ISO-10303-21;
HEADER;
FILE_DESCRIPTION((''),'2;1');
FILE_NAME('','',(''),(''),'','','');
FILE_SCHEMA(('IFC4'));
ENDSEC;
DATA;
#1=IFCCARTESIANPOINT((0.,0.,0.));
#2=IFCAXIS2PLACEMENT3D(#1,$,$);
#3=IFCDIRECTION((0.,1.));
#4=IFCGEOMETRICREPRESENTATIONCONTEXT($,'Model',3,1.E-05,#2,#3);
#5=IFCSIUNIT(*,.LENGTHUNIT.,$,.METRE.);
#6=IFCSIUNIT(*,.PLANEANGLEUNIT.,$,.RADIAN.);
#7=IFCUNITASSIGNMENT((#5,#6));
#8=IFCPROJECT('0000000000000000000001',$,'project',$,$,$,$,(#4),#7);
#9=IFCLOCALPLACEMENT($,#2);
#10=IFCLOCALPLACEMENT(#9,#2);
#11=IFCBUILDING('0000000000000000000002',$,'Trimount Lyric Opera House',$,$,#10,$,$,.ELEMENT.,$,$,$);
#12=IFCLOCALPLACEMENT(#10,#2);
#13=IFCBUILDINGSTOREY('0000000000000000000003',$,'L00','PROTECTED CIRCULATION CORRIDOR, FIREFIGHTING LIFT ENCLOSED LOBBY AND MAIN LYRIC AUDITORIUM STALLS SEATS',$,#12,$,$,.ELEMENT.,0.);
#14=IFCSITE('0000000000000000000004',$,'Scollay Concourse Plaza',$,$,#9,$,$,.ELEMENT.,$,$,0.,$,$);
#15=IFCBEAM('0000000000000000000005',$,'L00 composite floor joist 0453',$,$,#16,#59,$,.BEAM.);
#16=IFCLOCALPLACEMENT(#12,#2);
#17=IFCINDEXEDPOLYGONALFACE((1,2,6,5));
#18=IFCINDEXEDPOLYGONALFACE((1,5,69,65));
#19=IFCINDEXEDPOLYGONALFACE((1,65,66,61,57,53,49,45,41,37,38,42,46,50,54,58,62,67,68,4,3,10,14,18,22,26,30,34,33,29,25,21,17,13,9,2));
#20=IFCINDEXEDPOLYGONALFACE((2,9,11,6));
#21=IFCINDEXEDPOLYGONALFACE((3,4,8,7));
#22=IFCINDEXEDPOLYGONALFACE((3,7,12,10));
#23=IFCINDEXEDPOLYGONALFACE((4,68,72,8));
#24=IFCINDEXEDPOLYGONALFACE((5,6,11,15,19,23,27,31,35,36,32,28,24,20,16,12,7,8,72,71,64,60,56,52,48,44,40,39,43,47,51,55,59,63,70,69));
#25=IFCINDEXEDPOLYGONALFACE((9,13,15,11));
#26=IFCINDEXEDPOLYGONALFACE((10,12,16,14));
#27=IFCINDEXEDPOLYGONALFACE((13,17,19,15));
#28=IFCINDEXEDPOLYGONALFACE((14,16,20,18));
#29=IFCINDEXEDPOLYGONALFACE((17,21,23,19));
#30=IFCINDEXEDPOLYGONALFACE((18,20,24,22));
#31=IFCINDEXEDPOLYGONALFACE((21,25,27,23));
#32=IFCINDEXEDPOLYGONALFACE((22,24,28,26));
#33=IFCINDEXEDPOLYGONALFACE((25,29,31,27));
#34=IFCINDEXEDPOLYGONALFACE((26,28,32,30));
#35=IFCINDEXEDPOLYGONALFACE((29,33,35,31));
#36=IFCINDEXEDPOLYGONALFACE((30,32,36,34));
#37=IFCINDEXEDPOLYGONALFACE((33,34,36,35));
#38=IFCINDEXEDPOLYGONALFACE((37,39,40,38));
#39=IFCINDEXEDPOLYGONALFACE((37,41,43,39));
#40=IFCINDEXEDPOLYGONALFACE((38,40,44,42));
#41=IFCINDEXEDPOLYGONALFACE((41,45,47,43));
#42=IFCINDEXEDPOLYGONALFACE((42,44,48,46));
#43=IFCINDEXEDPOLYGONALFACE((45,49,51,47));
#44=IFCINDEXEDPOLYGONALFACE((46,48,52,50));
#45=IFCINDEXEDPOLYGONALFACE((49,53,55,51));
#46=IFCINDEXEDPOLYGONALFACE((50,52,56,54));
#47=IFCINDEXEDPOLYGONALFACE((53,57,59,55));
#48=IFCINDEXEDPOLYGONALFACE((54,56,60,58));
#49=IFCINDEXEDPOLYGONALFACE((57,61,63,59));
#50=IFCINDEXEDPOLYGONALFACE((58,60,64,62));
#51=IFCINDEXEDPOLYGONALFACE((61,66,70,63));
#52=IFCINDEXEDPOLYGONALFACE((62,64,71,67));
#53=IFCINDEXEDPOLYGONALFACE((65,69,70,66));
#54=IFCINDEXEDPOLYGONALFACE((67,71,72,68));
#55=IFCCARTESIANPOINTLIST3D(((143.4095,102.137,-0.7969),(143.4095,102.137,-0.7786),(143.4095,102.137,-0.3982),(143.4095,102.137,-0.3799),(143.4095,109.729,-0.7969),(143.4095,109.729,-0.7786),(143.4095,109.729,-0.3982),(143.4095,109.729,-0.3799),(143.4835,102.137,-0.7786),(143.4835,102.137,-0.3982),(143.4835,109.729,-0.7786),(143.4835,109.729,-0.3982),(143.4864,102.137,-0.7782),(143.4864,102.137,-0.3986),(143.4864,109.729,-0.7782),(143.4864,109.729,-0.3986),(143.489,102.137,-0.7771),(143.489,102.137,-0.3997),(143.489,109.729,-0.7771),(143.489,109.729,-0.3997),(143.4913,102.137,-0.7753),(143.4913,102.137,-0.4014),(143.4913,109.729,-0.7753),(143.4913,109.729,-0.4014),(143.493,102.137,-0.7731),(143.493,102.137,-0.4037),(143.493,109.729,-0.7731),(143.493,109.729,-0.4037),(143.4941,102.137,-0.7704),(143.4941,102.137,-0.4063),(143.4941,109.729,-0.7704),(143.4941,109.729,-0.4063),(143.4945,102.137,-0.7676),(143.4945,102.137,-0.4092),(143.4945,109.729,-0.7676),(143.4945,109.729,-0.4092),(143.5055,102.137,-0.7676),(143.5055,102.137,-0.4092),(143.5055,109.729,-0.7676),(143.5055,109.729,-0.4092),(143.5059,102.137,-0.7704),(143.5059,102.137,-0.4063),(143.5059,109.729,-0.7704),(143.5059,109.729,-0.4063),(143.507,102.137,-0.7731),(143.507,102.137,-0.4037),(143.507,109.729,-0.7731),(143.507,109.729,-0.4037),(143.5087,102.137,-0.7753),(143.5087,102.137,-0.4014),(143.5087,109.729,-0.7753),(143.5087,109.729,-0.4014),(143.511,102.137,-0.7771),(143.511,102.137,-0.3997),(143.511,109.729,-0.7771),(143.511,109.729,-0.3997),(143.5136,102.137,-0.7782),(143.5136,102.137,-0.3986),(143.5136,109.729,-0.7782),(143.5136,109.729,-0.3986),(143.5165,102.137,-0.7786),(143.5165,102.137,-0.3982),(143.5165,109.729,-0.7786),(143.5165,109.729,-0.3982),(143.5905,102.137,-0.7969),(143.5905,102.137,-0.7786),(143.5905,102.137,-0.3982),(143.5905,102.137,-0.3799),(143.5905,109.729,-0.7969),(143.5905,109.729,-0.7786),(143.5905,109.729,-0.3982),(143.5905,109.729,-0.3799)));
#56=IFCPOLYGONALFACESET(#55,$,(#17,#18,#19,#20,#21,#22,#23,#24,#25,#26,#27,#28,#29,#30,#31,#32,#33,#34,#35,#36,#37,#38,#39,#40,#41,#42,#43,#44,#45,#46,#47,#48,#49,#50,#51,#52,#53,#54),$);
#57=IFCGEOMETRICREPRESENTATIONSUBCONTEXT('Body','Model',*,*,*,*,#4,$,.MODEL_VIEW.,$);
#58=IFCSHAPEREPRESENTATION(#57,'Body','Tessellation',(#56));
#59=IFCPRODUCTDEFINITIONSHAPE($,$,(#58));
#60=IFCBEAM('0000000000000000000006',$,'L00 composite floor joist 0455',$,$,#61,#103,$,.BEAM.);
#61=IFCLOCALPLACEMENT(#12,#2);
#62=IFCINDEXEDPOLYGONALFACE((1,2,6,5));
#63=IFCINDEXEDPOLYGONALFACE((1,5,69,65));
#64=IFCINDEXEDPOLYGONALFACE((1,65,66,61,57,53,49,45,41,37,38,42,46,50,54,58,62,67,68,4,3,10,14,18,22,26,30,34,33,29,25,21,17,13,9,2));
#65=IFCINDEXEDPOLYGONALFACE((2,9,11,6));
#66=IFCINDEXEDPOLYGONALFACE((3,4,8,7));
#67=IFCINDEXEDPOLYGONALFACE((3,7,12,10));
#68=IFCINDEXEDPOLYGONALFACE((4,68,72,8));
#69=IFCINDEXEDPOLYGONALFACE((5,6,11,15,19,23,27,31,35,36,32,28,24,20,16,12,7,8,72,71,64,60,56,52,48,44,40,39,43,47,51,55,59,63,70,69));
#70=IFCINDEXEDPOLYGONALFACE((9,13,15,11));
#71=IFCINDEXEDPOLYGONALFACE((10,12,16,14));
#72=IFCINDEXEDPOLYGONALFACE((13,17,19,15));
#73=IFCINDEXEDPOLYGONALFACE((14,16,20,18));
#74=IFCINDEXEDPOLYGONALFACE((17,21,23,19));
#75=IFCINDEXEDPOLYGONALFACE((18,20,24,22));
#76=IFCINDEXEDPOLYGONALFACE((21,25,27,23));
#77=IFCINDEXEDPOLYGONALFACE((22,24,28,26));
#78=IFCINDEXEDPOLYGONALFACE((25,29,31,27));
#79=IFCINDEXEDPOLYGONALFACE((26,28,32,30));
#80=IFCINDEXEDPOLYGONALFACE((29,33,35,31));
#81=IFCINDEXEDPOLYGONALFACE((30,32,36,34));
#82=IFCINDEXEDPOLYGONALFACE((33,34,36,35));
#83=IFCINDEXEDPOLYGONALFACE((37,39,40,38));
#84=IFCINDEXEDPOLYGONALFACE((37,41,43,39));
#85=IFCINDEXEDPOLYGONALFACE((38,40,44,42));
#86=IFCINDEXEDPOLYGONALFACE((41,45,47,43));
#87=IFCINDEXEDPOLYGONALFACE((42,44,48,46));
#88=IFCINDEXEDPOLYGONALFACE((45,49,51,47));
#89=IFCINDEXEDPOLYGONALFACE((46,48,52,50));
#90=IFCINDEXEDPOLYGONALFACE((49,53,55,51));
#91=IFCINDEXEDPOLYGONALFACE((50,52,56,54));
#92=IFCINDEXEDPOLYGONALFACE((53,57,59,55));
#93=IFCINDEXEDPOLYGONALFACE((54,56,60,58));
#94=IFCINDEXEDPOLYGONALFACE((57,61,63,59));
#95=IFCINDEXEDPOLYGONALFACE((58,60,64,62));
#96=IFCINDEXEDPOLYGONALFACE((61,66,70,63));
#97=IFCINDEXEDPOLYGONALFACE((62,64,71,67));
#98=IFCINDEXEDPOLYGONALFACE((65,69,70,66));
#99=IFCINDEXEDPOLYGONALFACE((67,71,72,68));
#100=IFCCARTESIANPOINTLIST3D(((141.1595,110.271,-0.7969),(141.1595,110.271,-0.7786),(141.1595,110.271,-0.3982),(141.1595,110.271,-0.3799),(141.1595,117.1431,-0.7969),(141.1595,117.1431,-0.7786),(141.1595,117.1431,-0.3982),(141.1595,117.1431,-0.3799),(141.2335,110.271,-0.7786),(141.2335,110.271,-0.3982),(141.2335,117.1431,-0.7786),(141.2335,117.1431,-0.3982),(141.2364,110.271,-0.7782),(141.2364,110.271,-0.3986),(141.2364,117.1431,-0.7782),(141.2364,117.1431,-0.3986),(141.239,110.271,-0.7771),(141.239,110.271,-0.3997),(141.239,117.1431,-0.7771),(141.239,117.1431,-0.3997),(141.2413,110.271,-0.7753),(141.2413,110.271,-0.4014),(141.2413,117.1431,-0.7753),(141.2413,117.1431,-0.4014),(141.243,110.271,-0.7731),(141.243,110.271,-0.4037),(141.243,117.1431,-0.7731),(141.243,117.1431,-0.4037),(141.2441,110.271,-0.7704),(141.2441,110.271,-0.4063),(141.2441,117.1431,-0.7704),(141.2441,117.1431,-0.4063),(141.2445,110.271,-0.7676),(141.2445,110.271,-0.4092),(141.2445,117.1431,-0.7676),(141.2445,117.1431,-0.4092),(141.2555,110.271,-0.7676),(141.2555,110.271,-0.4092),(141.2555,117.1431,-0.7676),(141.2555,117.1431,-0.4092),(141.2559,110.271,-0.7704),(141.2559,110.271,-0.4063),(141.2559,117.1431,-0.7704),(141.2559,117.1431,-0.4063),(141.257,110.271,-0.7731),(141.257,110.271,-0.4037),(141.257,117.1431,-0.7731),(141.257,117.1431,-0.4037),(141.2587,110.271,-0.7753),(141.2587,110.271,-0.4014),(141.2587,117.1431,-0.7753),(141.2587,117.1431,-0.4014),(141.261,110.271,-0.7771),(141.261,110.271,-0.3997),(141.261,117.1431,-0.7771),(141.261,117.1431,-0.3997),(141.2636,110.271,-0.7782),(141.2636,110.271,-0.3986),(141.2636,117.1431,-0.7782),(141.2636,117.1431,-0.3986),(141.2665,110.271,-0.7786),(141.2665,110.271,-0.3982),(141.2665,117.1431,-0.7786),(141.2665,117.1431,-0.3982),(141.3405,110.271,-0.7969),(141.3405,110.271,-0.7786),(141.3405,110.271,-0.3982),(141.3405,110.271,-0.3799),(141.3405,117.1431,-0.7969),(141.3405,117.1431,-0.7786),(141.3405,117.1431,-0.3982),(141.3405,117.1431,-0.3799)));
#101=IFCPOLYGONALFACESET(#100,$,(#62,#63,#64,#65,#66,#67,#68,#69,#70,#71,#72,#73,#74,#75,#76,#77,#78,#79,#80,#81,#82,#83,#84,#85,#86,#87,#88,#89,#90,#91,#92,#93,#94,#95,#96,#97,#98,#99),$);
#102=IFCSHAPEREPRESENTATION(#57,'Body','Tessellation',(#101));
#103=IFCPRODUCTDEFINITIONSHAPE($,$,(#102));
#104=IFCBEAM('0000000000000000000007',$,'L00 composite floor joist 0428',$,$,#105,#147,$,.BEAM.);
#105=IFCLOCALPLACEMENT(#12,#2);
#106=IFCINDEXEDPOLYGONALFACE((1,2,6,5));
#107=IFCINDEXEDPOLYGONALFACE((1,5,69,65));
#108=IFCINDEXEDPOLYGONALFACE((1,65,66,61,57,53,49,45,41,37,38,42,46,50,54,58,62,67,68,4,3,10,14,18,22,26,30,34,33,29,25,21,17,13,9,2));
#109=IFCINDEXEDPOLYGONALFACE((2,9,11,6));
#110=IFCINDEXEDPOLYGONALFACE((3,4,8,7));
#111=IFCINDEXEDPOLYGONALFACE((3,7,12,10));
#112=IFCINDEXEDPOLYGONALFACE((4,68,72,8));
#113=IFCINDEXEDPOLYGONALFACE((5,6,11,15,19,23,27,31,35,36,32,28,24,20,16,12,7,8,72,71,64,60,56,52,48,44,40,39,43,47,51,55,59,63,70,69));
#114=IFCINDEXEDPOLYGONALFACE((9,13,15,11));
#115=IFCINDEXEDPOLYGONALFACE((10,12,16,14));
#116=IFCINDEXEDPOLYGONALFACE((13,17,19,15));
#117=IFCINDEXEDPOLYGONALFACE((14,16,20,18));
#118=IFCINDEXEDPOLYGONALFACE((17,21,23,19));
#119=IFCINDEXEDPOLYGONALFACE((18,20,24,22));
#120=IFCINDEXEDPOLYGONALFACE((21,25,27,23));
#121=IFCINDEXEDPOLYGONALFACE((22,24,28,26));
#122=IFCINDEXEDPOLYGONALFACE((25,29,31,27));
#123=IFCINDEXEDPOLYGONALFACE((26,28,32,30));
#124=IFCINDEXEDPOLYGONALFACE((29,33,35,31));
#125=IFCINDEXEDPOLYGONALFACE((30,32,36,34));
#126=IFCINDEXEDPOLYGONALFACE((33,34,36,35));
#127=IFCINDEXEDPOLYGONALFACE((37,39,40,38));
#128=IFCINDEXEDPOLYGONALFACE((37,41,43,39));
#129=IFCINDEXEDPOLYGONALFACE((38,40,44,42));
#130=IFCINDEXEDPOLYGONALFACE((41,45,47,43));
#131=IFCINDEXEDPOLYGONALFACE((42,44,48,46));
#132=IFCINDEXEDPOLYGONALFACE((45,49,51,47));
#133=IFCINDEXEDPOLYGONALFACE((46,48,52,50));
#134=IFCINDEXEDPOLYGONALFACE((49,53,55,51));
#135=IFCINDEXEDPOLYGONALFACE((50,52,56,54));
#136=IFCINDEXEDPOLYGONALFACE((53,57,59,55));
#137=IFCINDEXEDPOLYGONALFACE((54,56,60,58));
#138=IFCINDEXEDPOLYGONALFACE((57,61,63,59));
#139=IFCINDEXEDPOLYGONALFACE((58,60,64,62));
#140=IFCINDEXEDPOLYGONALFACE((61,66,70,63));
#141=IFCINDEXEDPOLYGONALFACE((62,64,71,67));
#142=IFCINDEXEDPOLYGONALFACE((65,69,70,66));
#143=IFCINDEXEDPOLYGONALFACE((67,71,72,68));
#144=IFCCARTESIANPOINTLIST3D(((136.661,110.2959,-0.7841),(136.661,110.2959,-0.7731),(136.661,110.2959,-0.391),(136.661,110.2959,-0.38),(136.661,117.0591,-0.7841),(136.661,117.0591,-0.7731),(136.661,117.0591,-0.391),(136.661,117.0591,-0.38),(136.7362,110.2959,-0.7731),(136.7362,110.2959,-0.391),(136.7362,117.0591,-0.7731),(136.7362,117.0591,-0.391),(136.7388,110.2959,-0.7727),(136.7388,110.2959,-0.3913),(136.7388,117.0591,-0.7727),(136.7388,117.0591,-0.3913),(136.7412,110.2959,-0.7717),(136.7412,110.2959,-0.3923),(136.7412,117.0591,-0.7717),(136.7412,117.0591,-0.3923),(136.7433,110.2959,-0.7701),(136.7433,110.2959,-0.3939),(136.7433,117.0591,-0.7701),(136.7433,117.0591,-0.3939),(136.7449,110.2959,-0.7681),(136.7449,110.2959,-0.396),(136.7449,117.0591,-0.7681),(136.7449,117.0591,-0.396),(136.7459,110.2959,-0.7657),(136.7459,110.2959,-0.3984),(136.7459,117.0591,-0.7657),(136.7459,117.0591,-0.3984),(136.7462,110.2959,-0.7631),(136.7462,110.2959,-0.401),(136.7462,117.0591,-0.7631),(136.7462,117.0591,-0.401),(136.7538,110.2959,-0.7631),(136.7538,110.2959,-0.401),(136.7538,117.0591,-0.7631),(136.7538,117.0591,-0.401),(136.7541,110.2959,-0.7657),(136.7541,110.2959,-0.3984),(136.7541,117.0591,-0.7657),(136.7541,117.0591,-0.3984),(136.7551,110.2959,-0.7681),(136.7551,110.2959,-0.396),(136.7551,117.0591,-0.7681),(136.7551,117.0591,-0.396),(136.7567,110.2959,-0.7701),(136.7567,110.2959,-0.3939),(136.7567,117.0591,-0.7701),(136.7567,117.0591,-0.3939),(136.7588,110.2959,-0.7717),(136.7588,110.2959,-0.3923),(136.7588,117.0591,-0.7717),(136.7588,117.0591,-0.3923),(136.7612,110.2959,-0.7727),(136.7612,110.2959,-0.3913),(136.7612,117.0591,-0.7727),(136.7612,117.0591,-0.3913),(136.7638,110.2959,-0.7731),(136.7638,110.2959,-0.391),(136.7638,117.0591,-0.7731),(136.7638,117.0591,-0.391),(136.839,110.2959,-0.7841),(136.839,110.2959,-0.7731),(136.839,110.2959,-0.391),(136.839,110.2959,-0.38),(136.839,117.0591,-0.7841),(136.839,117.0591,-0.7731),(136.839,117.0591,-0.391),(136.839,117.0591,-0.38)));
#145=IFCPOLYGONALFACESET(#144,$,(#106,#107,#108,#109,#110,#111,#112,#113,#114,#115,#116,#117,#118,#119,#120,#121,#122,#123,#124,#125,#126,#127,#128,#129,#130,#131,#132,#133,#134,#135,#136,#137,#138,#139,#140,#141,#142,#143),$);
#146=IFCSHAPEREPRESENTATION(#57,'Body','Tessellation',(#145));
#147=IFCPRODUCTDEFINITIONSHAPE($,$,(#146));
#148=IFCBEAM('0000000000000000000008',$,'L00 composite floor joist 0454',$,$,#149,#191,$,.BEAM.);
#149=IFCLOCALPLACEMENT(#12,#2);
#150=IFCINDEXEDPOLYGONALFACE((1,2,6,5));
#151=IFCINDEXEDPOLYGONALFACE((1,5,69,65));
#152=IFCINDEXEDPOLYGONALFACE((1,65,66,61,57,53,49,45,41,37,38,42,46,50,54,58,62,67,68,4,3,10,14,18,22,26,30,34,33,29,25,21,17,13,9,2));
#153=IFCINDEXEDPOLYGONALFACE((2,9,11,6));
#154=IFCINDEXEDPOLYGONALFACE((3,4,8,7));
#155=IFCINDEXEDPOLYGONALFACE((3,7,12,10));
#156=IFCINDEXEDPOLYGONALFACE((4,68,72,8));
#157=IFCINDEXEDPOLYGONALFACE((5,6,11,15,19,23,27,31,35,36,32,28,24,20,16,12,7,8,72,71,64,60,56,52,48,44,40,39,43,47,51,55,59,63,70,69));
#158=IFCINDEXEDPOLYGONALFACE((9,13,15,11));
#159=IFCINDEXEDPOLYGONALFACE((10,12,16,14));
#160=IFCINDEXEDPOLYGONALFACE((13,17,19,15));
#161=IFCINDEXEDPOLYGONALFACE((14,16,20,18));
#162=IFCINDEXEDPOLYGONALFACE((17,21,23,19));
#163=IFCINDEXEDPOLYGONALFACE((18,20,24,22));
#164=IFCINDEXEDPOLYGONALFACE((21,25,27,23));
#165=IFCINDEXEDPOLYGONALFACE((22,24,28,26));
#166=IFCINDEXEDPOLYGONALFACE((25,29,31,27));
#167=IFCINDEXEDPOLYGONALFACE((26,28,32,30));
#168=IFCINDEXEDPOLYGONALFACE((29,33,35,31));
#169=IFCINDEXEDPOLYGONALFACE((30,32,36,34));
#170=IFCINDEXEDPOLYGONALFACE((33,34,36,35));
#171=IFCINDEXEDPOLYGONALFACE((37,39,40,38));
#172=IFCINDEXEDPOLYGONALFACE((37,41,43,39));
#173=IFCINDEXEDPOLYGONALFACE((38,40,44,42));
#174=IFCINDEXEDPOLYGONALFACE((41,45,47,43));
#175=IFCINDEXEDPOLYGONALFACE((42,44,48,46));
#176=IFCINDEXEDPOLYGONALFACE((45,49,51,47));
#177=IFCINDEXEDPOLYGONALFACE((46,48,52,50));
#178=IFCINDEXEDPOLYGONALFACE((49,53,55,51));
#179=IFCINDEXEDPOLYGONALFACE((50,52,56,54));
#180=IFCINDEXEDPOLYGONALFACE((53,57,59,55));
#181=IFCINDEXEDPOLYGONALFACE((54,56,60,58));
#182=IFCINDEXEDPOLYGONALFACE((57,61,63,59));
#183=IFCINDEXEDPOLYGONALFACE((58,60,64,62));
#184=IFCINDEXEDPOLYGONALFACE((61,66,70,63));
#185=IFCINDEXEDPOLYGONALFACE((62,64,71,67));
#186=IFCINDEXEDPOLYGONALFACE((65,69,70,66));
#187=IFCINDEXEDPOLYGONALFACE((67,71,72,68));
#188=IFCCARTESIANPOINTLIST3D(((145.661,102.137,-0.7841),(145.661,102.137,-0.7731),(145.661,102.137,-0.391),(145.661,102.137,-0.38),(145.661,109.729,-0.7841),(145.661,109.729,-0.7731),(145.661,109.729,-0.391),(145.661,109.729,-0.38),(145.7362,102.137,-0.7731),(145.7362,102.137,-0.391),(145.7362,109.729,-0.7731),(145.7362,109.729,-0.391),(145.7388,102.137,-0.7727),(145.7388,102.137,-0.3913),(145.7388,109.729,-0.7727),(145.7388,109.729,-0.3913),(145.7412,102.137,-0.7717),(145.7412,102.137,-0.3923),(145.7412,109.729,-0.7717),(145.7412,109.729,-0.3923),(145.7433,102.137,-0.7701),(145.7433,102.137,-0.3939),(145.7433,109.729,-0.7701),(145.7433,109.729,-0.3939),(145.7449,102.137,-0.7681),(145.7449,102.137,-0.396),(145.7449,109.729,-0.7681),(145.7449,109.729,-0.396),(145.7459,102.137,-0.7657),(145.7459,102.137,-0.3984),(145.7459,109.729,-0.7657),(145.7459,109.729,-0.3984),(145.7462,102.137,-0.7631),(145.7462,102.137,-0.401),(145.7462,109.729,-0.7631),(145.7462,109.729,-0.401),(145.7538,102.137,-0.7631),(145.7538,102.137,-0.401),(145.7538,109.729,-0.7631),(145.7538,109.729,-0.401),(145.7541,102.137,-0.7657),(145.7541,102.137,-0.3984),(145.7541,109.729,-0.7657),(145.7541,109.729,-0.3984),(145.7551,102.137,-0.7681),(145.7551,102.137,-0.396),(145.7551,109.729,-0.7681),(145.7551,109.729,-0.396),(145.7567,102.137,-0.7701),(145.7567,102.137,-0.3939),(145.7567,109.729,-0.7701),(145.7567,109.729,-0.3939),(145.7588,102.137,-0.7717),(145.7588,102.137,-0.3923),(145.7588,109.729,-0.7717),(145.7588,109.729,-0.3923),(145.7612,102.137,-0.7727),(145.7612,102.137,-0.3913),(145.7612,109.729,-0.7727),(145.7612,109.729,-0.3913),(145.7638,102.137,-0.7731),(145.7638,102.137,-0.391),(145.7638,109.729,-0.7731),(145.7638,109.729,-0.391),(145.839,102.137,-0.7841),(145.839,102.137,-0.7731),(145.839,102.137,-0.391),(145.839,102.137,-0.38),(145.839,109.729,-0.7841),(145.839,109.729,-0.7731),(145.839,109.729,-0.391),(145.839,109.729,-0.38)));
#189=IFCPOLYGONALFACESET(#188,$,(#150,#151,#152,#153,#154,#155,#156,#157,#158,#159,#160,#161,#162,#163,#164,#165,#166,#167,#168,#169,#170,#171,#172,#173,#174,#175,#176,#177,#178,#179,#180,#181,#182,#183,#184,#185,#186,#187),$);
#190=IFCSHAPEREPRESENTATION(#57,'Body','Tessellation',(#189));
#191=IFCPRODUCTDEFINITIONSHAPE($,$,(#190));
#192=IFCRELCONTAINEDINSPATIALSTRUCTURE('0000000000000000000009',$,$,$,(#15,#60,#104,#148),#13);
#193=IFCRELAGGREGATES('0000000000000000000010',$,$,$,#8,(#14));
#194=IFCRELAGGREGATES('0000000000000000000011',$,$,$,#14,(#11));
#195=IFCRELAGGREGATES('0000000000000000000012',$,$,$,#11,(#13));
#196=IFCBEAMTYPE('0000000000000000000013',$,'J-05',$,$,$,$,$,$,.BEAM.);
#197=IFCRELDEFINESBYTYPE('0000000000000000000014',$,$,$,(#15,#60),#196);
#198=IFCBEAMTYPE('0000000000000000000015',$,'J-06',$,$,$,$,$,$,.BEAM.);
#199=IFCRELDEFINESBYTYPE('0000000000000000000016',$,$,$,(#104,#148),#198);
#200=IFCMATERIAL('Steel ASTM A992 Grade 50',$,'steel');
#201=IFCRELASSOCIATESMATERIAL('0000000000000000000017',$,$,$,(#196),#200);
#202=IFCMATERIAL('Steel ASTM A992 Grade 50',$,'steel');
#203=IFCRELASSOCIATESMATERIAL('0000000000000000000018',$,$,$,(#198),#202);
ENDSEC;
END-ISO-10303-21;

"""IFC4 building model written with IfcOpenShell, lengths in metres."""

from ifc_helpers import new_model, si_unit, direction, frame, origin, origin_2d, place, context, subcontext, project, spatial, i_section, extrude, material, material_profile, profile_set, type_object, element, save


model = new_model("IFC4")

# Units and contexts
model_context = context("Model", 3, precision=1e-05, world=origin(), true_north=direction((0.0, 1.0)))
body_context = subcontext(model_context, "Body", "Model", "MODEL_VIEW")
ifc_project = project(units=[si_unit("LENGTHUNIT", "METRE"), si_unit("PLANEANGLEUNIT", "RADIAN")], contexts=[model_context])

# Site, building, storey
site_placement = place(None, origin())
site = spatial("IfcSite", under=ifc_project, at=site_placement, Name="Scollay Concourse Plaza", CompositionType="ELEMENT", RefElevation=0.0)
building_placement = place(site_placement, origin())
building = spatial("IfcBuilding", under=site, at=building_placement, Name="Trimount Lyric Opera House", CompositionType="ELEMENT")
storey_placement = place(building_placement, origin())
storey = spatial("IfcBuildingStorey", under=building, at=storey_placement, Name="L00", Description="PROTECTED CIRCULATION CORRIDOR, FIREFIGHTING LIFT ENCLOSED LOBBY AND MAIN LYRIC AUDITORIUM STALLS SEATS", CompositionType="ELEMENT", Elevation=0.0)

# Beams
ifc_material_1 = material(Name="Steel ASTM A992 Grade 50", Category="steel")
ifc_material_profile_1 = material_profile(ifc_material_1, i_section(OverallWidth=0.1809, OverallDepth=0.417, WebThickness=0.011, FlangeThickness=0.0183, FilletRadius=0.011, at=origin_2d()), Name="W16X57")
ifc_profile_set_1 = profile_set([ifc_material_profile_1], Name="Steel ASTM A992 Grade 50")
beam_type_1 = type_object("IfcBeamType", Name="J-05", PredefinedType="BEAM", material=ifc_profile_set_1)
beam_1_placement = place(storey_placement, frame((143.5, 102.137, -0.5884), z_axis=(0.0, 1.0, 0.0), x_axis=(-1.0, 0.0, 0.0)))
element("IfcBeam", 1, at=beam_1_placement, inside=storey, type_object=beam_type_1, Name="L00 composite floor joist 0453", PredefinedType="BEAM", context=body_context, shape_type="SweptSolid", body=[
    extrude(i_section(OverallWidth=0.1809, OverallDepth=0.417, WebThickness=0.011, FlangeThickness=0.0183, FilletRadius=0.011, at=origin_2d()), origin(), (0.0, 0.0, 1.0), 7.592),
])
beam_2_placement = place(storey_placement, frame((141.25, 110.271, -0.5884), z_axis=(0.0, 1.0, 0.0), x_axis=(-1.0, 0.0, 0.0)))
element("IfcBeam", 2, at=beam_2_placement, inside=storey, type_object=beam_type_1, Name="L00 composite floor joist 0455", PredefinedType="BEAM", context=body_context, shape_type="SweptSolid", body=[
    extrude(i_section(OverallWidth=0.1809, OverallDepth=0.417, WebThickness=0.011, FlangeThickness=0.0183, FilletRadius=0.011, at=origin_2d()), origin(), (0.0, 0.0, 1.0), 6.8721),
])
ifc_material_2 = material(Name="Steel ASTM A992 Grade 50", Category="steel")
ifc_material_profile_2 = material_profile(ifc_material_2, i_section(OverallWidth=0.178, OverallDepth=0.4041, WebThickness=0.0076, FlangeThickness=0.011, FilletRadius=0.01, at=origin_2d()), Name="W16X36")
ifc_profile_set_2 = profile_set([ifc_material_profile_2], Name="Steel ASTM A992 Grade 50")
beam_type_2 = type_object("IfcBeamType", Name="J-06", PredefinedType="BEAM", material=ifc_profile_set_2)
beam_3_placement = place(storey_placement, frame((136.75, 110.2959, -0.582), z_axis=(0.0, 1.0, 0.0), x_axis=(-1.0, 0.0, 0.0)))
element("IfcBeam", 3, at=beam_3_placement, inside=storey, type_object=beam_type_2, Name="L00 composite floor joist 0428", PredefinedType="BEAM", context=body_context, shape_type="SweptSolid", body=[
    extrude(i_section(OverallWidth=0.178, OverallDepth=0.4041, WebThickness=0.0076, FlangeThickness=0.011, FilletRadius=0.01, at=origin_2d()), origin(), (0.0, 0.0, 1.0), 6.7632),
])
beam_4_placement = place(storey_placement, frame((145.75, 102.137, -0.582), z_axis=(0.0, 1.0, 0.0), x_axis=(-1.0, 0.0, 0.0)))
element("IfcBeam", 4, at=beam_4_placement, inside=storey, type_object=beam_type_2, Name="L00 composite floor joist 0454", PredefinedType="BEAM", context=body_context, shape_type="SweptSolid", body=[
    extrude(i_section(OverallWidth=0.178, OverallDepth=0.4041, WebThickness=0.0076, FlangeThickness=0.011, FilletRadius=0.01, at=origin_2d()), origin(), (0.0, 0.0, 1.0), 7.592),
])

save(model, "model.ifc")
